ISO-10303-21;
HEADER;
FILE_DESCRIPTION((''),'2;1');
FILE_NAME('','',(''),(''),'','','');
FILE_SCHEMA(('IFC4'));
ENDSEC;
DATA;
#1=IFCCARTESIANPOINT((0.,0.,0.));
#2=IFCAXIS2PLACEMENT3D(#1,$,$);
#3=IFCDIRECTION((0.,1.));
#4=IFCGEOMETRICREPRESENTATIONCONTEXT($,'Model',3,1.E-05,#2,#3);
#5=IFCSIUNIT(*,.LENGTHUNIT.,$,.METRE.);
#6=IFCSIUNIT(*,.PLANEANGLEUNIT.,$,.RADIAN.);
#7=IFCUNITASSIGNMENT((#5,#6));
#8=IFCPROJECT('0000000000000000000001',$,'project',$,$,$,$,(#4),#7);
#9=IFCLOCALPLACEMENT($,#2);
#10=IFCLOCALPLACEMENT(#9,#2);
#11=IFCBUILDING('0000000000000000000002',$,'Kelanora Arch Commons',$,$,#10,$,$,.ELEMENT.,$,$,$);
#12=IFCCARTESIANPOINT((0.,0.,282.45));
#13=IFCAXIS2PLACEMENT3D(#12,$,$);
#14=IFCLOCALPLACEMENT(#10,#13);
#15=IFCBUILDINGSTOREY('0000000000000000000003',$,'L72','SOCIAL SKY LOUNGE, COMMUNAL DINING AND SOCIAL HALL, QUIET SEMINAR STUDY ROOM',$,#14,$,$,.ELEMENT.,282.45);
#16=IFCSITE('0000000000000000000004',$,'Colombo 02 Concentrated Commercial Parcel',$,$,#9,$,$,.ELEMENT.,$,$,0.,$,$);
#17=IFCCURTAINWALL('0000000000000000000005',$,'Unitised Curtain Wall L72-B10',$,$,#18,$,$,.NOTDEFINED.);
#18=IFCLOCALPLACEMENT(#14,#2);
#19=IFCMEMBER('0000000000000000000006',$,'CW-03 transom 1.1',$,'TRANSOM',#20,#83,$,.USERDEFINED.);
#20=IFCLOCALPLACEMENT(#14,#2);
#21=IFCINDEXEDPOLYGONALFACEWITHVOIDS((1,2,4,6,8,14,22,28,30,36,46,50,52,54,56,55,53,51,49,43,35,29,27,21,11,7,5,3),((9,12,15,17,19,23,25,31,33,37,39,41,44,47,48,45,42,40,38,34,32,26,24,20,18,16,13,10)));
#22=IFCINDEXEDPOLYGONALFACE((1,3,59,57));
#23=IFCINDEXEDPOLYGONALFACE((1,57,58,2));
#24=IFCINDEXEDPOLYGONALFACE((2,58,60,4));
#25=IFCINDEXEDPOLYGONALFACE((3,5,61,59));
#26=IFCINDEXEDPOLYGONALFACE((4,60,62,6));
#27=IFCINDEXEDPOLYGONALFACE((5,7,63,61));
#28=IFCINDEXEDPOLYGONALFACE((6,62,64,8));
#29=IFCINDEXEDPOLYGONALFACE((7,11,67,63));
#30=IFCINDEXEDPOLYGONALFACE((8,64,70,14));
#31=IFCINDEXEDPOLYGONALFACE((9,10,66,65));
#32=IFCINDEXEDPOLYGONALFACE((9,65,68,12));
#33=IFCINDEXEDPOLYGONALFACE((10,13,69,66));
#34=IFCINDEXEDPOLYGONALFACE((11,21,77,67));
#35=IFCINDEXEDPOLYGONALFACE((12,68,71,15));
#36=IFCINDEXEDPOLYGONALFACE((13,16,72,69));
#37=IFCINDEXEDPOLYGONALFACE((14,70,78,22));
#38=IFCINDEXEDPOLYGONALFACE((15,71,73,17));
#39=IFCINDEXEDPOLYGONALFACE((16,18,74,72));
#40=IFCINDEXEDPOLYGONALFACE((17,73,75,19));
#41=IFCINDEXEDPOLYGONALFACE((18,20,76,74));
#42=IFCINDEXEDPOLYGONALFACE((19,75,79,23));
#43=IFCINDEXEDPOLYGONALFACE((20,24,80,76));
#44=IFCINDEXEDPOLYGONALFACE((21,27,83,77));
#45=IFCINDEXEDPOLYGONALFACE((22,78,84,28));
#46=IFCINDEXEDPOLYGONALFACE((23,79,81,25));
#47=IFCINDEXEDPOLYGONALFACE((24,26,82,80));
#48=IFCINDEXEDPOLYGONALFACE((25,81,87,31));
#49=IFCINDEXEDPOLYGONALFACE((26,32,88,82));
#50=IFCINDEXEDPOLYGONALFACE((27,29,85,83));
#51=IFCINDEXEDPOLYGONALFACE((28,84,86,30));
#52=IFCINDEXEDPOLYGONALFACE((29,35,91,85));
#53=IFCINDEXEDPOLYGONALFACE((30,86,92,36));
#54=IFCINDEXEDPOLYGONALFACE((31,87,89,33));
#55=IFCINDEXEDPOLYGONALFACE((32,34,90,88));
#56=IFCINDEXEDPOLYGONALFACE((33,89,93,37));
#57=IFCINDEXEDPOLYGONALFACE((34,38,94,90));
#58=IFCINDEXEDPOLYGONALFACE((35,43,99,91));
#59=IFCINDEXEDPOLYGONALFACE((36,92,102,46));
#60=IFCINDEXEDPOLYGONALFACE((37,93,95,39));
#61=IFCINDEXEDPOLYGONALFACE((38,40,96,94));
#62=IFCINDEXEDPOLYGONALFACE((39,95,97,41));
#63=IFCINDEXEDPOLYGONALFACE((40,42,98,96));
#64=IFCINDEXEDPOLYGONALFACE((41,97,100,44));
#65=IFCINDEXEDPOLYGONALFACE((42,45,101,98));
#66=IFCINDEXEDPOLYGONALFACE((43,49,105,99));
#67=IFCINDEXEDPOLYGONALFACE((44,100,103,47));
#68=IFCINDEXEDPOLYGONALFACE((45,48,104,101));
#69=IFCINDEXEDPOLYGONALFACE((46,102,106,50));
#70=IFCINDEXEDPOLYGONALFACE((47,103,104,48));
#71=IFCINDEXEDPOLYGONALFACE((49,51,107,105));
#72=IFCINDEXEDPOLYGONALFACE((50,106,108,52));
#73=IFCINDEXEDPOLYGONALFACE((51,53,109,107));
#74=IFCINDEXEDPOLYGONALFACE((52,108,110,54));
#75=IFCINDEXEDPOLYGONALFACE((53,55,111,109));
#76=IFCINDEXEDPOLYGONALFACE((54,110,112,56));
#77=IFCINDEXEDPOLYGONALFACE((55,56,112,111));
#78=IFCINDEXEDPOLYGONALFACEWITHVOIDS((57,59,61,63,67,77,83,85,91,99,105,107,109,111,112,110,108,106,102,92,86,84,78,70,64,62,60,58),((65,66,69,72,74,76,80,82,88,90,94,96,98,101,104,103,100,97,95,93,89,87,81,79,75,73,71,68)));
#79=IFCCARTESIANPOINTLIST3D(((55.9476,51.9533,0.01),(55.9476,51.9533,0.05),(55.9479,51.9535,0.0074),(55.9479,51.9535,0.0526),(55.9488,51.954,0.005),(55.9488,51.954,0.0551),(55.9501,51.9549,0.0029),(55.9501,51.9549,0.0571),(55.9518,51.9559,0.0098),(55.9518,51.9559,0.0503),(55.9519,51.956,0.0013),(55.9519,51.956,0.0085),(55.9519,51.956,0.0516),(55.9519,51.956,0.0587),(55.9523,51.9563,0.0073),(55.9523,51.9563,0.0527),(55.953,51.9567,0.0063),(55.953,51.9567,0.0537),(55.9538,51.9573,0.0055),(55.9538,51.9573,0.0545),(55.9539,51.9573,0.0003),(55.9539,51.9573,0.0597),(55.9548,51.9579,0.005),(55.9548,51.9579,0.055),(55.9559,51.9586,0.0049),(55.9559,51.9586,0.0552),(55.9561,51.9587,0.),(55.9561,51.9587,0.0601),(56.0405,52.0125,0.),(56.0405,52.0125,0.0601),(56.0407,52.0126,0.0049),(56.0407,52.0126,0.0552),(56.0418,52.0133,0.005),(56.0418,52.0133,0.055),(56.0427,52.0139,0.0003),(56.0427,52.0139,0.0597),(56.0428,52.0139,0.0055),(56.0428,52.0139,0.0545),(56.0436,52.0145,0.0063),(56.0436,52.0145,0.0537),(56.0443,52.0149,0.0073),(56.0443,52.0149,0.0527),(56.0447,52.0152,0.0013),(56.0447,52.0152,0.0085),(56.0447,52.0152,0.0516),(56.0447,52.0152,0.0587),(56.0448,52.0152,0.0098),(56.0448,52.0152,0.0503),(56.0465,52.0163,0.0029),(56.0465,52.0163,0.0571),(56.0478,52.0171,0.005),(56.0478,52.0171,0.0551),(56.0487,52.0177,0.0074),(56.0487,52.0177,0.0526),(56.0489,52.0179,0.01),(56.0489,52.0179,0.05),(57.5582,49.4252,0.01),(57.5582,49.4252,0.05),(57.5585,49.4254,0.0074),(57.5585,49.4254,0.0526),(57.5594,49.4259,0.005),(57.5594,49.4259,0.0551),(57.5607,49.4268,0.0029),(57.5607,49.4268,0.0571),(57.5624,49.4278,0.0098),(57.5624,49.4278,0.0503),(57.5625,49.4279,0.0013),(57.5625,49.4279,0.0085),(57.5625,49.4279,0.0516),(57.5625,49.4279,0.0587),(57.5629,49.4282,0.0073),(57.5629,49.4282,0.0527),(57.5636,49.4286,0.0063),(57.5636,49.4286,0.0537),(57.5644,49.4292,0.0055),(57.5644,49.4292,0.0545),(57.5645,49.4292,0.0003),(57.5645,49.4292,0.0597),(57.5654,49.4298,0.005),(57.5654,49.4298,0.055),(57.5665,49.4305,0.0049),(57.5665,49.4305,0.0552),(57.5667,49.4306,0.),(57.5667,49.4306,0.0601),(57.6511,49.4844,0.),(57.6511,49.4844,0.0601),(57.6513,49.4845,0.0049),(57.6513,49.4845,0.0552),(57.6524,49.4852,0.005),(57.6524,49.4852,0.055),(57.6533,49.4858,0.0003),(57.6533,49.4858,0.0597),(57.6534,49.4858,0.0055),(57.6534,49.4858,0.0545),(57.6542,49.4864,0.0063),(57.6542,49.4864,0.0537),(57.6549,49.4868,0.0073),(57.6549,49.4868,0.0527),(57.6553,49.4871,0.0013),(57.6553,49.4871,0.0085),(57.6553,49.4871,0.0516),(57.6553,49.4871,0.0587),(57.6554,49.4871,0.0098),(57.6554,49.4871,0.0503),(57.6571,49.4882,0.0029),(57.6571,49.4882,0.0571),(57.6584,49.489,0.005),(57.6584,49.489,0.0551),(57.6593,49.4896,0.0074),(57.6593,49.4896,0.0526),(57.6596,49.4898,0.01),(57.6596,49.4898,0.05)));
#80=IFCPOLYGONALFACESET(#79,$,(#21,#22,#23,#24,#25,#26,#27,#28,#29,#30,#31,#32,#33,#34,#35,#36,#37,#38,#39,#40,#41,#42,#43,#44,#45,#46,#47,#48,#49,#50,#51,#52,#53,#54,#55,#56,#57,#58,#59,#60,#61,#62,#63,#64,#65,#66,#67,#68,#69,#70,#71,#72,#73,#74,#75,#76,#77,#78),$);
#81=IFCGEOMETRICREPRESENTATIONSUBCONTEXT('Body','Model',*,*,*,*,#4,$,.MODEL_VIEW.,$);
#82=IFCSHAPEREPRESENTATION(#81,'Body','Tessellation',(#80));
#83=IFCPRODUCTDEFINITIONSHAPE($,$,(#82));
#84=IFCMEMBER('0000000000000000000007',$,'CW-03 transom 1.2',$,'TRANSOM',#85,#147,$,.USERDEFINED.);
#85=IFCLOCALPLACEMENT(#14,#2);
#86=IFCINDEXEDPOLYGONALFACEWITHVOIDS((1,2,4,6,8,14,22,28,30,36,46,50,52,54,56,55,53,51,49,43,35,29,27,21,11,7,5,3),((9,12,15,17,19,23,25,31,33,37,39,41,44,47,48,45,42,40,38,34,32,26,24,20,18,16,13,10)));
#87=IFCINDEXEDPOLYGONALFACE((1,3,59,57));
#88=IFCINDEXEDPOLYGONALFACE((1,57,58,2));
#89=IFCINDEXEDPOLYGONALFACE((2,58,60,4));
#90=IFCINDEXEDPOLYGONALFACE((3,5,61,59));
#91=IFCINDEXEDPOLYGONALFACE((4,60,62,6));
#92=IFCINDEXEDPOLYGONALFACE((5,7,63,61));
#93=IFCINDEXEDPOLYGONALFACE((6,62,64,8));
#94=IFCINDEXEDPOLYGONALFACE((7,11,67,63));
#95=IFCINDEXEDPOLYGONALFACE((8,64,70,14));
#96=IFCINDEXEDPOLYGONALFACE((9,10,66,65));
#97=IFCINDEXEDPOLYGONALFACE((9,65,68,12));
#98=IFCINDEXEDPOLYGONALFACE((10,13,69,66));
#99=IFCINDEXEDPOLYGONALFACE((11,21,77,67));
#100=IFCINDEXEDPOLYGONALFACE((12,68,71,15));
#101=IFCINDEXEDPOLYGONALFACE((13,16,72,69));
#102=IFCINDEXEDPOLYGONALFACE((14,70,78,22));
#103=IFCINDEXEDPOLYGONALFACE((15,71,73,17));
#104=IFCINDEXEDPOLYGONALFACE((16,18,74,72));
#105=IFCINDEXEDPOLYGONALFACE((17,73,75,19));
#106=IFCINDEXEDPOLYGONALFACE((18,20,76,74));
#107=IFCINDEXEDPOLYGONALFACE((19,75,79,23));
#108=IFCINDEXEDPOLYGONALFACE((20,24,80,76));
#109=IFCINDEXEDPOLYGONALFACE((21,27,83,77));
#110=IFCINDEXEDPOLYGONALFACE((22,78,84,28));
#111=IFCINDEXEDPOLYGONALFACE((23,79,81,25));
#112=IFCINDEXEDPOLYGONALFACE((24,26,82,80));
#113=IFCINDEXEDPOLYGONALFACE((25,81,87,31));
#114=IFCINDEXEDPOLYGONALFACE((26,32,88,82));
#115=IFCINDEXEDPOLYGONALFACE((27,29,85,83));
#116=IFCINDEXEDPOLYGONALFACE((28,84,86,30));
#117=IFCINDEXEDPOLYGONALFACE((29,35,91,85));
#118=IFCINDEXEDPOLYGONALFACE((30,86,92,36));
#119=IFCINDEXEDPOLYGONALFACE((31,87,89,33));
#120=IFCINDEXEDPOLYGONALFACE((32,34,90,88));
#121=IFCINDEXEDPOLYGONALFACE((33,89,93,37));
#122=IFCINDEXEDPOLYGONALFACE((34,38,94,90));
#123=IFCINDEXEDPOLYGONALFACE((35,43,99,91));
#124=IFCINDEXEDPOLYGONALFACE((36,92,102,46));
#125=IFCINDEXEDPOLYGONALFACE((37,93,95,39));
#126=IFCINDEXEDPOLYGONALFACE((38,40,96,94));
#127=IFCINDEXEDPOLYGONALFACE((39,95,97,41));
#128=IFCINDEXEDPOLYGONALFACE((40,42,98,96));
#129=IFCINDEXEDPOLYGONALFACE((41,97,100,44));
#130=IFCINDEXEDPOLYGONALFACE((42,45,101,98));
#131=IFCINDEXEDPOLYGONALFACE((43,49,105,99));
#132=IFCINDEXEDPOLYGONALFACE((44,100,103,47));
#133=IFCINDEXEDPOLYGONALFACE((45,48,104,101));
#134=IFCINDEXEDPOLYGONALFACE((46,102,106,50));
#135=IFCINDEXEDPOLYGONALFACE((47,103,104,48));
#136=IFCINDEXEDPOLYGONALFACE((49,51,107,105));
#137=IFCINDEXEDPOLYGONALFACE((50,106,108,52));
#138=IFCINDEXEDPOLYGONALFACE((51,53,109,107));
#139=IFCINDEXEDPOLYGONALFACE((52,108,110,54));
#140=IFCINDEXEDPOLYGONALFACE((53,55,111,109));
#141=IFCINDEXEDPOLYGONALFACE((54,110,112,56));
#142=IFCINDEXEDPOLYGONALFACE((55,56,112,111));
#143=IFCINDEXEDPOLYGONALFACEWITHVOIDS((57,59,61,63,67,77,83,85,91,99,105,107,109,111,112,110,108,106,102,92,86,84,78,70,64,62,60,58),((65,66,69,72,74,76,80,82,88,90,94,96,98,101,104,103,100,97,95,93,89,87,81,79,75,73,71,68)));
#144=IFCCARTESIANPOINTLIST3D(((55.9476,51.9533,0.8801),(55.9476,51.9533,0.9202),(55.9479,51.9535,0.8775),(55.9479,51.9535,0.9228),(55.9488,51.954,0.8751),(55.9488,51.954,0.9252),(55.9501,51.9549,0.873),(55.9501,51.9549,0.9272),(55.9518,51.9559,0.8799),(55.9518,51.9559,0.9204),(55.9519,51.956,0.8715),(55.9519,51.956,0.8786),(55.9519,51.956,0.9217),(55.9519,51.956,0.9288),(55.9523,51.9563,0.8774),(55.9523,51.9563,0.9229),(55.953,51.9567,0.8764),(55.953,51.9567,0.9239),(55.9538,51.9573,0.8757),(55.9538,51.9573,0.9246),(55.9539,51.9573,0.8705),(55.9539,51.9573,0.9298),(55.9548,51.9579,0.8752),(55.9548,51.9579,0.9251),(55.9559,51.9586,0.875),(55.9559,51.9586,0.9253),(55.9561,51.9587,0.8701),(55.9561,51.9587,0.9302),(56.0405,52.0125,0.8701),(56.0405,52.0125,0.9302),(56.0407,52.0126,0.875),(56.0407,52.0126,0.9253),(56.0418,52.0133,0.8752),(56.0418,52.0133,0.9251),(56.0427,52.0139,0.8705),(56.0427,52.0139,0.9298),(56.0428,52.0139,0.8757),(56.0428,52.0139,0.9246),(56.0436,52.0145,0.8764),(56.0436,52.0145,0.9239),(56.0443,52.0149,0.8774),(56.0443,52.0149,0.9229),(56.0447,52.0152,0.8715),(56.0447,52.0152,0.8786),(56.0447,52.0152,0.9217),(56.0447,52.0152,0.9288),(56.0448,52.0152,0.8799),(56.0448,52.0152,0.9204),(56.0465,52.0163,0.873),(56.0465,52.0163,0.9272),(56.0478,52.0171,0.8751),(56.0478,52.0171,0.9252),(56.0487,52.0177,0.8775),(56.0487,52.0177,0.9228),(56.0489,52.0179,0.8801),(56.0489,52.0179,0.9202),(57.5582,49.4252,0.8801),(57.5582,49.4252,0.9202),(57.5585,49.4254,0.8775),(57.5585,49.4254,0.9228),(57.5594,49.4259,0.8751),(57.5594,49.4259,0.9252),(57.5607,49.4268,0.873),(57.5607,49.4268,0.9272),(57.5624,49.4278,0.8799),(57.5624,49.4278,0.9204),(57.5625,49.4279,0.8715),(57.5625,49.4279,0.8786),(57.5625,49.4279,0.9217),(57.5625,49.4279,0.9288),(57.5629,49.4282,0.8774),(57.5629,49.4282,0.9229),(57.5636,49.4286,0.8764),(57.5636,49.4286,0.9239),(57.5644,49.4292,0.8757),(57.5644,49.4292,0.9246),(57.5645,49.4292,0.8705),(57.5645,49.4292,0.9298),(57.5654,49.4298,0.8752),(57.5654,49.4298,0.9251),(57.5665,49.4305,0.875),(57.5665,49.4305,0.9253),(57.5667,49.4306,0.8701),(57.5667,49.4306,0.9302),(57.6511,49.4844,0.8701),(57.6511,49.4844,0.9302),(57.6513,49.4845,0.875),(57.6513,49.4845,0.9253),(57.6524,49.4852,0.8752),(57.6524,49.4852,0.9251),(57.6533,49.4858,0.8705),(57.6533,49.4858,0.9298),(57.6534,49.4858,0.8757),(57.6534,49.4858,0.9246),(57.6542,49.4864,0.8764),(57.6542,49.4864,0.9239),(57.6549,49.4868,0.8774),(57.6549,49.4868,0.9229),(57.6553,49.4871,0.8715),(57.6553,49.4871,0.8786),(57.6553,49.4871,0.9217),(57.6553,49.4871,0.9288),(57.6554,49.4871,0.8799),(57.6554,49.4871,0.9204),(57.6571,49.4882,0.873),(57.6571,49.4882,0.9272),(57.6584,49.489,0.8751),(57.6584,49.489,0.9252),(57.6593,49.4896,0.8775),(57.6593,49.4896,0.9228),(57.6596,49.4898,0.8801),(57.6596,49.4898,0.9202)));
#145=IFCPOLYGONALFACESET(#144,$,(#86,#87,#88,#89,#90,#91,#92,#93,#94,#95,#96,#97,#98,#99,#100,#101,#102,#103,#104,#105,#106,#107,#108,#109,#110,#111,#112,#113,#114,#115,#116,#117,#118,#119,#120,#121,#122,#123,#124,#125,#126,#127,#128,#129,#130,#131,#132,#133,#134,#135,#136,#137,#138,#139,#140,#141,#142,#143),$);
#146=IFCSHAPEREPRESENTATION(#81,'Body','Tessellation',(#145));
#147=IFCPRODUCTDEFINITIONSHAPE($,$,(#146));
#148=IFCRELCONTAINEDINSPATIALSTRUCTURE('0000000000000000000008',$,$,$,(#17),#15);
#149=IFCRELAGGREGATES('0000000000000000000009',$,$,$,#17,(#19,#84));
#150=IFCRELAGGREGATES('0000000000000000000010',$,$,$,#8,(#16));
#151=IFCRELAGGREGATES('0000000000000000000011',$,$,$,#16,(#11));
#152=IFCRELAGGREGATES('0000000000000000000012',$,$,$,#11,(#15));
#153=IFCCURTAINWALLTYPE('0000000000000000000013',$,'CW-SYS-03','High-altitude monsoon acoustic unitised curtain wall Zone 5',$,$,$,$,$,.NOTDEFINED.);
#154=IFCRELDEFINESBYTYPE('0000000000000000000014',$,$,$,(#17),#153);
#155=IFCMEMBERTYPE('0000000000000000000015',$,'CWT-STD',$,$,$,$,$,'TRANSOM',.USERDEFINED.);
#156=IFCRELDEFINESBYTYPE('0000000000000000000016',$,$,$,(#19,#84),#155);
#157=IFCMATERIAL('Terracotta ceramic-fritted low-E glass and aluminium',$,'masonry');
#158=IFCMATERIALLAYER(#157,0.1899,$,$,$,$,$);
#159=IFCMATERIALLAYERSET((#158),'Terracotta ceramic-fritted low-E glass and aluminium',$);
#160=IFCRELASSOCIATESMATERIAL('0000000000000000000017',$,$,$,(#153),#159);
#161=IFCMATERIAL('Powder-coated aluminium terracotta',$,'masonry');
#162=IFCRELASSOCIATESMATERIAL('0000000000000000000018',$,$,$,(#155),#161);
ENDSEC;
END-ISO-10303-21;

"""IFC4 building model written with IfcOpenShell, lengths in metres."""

from ifc_helpers import new_model, si_unit, direction, frame, origin, origin_2d, place, context, subcontext, project, spatial, hollow_rectangle, extrude, material, layer, layer_set, material_profile, profile_set, type_object, element, aggregate, save


model = new_model("IFC4")

# Units and contexts
model_context = context("Model", 3, precision=1e-05, world=origin(), true_north=direction((0.0, 1.0)))
body_context = subcontext(model_context, "Body", "Model", "MODEL_VIEW")
ifc_project = project(units=[si_unit("LENGTHUNIT", "METRE"), si_unit("PLANEANGLEUNIT", "RADIAN")], contexts=[model_context])

# Site, building, storey
site_placement = place(None, origin())
site = spatial("IfcSite", under=ifc_project, at=site_placement, Name="Colombo 02 Concentrated Commercial Parcel", CompositionType="ELEMENT", RefElevation=0.0)
building_placement = place(site_placement, origin())
building = spatial("IfcBuilding", under=site, at=building_placement, Name="Kelanora Arch Commons", CompositionType="ELEMENT")
storey_placement = place(building_placement, frame((0.0, 0.0, 282.45)))
storey = spatial("IfcBuildingStorey", under=building, at=storey_placement, Name="L72", Description="SOCIAL SKY LOUNGE, COMMUNAL DINING AND SOCIAL HALL, QUIET SEMINAR STUDY ROOM", CompositionType="ELEMENT", Elevation=282.45)

# Curtain wall, members
ifc_material_1 = material(Name="Terracotta ceramic-fritted low-E glass and aluminium", Category="masonry")
ifc_layer_1 = layer(ifc_material_1, 0.1899)
ifc_layer_set_1 = layer_set([ifc_layer_1], Name="Terracotta ceramic-fritted low-E glass and aluminium")
curtain_wall_type = type_object("IfcCurtainWallType", Name="CW-SYS-03", Description="High-altitude monsoon acoustic unitised curtain wall Zone 5", PredefinedType="NOTDEFINED", material=ifc_layer_set_1)
curtain_wall_placement = place(storey_placement, origin())
curtain_wall = element("IfcCurtainWall", 1, at=curtain_wall_placement, inside=storey, type_object=curtain_wall_type, Name="Unitised Curtain Wall L72-B10", PredefinedType="NOTDEFINED")
ifc_material_2 = material(Name="Powder-coated aluminium terracotta", Category="masonry")
ifc_material_profile_1 = material_profile(ifc_material_2, hollow_rectangle(XDim=0.1201, YDim=0.0601, WallThickness=0.0049, InnerFilletRadius=0.0049, OuterFilletRadius=0.01, at=origin_2d()), Name="CWT120x60")
ifc_profile_set_1 = profile_set([ifc_material_profile_1], Name="Powder-coated aluminium terracotta")
member_type_1 = type_object("IfcMemberType", Name="CWT-STD", ElementType="TRANSOM", PredefinedType="USERDEFINED", material=ifc_profile_set_1)
member_1_placement = place(storey_placement, frame((55.9983, 51.9856, 0.03), z_axis=(0.537308, -0.843386, 0.0), x_axis=(0.843386, 0.537308, 0.0)))
member_1 = element("IfcMember", 2, at=member_1_placement, type_object=member_type_1, Name="CW-03 transom 1.1", ObjectType="TRANSOM", PredefinedType="USERDEFINED", context=body_context, shape_type="SweptSolid", body=[
    extrude(hollow_rectangle(XDim=0.1201, YDim=0.0601, WallThickness=0.0049, InnerFilletRadius=0.0049, OuterFilletRadius=0.01, at=origin_2d()), origin(), (0.0, 0.0, 1.0), 2.9976),
])
member_2_placement = place(storey_placement, frame((55.9983, 51.9856, 0.9001), z_axis=(0.537308, -0.843386, 0.0), x_axis=(0.843386, 0.537308, 0.0)))
member_2 = element("IfcMember", 3, at=member_2_placement, type_object=member_type_1, Name="CW-03 transom 1.2", ObjectType="TRANSOM", PredefinedType="USERDEFINED", context=body_context, shape_type="SweptSolid", body=[
    extrude(hollow_rectangle(XDim=0.1201, YDim=0.0601, WallThickness=0.0049, InnerFilletRadius=0.0049, OuterFilletRadius=0.01, at=origin_2d()), origin(), (0.0, 0.0, 1.0), 2.9976),
])

aggregate(curtain_wall, [member_1, member_2])

save(model, "model.ifc")
